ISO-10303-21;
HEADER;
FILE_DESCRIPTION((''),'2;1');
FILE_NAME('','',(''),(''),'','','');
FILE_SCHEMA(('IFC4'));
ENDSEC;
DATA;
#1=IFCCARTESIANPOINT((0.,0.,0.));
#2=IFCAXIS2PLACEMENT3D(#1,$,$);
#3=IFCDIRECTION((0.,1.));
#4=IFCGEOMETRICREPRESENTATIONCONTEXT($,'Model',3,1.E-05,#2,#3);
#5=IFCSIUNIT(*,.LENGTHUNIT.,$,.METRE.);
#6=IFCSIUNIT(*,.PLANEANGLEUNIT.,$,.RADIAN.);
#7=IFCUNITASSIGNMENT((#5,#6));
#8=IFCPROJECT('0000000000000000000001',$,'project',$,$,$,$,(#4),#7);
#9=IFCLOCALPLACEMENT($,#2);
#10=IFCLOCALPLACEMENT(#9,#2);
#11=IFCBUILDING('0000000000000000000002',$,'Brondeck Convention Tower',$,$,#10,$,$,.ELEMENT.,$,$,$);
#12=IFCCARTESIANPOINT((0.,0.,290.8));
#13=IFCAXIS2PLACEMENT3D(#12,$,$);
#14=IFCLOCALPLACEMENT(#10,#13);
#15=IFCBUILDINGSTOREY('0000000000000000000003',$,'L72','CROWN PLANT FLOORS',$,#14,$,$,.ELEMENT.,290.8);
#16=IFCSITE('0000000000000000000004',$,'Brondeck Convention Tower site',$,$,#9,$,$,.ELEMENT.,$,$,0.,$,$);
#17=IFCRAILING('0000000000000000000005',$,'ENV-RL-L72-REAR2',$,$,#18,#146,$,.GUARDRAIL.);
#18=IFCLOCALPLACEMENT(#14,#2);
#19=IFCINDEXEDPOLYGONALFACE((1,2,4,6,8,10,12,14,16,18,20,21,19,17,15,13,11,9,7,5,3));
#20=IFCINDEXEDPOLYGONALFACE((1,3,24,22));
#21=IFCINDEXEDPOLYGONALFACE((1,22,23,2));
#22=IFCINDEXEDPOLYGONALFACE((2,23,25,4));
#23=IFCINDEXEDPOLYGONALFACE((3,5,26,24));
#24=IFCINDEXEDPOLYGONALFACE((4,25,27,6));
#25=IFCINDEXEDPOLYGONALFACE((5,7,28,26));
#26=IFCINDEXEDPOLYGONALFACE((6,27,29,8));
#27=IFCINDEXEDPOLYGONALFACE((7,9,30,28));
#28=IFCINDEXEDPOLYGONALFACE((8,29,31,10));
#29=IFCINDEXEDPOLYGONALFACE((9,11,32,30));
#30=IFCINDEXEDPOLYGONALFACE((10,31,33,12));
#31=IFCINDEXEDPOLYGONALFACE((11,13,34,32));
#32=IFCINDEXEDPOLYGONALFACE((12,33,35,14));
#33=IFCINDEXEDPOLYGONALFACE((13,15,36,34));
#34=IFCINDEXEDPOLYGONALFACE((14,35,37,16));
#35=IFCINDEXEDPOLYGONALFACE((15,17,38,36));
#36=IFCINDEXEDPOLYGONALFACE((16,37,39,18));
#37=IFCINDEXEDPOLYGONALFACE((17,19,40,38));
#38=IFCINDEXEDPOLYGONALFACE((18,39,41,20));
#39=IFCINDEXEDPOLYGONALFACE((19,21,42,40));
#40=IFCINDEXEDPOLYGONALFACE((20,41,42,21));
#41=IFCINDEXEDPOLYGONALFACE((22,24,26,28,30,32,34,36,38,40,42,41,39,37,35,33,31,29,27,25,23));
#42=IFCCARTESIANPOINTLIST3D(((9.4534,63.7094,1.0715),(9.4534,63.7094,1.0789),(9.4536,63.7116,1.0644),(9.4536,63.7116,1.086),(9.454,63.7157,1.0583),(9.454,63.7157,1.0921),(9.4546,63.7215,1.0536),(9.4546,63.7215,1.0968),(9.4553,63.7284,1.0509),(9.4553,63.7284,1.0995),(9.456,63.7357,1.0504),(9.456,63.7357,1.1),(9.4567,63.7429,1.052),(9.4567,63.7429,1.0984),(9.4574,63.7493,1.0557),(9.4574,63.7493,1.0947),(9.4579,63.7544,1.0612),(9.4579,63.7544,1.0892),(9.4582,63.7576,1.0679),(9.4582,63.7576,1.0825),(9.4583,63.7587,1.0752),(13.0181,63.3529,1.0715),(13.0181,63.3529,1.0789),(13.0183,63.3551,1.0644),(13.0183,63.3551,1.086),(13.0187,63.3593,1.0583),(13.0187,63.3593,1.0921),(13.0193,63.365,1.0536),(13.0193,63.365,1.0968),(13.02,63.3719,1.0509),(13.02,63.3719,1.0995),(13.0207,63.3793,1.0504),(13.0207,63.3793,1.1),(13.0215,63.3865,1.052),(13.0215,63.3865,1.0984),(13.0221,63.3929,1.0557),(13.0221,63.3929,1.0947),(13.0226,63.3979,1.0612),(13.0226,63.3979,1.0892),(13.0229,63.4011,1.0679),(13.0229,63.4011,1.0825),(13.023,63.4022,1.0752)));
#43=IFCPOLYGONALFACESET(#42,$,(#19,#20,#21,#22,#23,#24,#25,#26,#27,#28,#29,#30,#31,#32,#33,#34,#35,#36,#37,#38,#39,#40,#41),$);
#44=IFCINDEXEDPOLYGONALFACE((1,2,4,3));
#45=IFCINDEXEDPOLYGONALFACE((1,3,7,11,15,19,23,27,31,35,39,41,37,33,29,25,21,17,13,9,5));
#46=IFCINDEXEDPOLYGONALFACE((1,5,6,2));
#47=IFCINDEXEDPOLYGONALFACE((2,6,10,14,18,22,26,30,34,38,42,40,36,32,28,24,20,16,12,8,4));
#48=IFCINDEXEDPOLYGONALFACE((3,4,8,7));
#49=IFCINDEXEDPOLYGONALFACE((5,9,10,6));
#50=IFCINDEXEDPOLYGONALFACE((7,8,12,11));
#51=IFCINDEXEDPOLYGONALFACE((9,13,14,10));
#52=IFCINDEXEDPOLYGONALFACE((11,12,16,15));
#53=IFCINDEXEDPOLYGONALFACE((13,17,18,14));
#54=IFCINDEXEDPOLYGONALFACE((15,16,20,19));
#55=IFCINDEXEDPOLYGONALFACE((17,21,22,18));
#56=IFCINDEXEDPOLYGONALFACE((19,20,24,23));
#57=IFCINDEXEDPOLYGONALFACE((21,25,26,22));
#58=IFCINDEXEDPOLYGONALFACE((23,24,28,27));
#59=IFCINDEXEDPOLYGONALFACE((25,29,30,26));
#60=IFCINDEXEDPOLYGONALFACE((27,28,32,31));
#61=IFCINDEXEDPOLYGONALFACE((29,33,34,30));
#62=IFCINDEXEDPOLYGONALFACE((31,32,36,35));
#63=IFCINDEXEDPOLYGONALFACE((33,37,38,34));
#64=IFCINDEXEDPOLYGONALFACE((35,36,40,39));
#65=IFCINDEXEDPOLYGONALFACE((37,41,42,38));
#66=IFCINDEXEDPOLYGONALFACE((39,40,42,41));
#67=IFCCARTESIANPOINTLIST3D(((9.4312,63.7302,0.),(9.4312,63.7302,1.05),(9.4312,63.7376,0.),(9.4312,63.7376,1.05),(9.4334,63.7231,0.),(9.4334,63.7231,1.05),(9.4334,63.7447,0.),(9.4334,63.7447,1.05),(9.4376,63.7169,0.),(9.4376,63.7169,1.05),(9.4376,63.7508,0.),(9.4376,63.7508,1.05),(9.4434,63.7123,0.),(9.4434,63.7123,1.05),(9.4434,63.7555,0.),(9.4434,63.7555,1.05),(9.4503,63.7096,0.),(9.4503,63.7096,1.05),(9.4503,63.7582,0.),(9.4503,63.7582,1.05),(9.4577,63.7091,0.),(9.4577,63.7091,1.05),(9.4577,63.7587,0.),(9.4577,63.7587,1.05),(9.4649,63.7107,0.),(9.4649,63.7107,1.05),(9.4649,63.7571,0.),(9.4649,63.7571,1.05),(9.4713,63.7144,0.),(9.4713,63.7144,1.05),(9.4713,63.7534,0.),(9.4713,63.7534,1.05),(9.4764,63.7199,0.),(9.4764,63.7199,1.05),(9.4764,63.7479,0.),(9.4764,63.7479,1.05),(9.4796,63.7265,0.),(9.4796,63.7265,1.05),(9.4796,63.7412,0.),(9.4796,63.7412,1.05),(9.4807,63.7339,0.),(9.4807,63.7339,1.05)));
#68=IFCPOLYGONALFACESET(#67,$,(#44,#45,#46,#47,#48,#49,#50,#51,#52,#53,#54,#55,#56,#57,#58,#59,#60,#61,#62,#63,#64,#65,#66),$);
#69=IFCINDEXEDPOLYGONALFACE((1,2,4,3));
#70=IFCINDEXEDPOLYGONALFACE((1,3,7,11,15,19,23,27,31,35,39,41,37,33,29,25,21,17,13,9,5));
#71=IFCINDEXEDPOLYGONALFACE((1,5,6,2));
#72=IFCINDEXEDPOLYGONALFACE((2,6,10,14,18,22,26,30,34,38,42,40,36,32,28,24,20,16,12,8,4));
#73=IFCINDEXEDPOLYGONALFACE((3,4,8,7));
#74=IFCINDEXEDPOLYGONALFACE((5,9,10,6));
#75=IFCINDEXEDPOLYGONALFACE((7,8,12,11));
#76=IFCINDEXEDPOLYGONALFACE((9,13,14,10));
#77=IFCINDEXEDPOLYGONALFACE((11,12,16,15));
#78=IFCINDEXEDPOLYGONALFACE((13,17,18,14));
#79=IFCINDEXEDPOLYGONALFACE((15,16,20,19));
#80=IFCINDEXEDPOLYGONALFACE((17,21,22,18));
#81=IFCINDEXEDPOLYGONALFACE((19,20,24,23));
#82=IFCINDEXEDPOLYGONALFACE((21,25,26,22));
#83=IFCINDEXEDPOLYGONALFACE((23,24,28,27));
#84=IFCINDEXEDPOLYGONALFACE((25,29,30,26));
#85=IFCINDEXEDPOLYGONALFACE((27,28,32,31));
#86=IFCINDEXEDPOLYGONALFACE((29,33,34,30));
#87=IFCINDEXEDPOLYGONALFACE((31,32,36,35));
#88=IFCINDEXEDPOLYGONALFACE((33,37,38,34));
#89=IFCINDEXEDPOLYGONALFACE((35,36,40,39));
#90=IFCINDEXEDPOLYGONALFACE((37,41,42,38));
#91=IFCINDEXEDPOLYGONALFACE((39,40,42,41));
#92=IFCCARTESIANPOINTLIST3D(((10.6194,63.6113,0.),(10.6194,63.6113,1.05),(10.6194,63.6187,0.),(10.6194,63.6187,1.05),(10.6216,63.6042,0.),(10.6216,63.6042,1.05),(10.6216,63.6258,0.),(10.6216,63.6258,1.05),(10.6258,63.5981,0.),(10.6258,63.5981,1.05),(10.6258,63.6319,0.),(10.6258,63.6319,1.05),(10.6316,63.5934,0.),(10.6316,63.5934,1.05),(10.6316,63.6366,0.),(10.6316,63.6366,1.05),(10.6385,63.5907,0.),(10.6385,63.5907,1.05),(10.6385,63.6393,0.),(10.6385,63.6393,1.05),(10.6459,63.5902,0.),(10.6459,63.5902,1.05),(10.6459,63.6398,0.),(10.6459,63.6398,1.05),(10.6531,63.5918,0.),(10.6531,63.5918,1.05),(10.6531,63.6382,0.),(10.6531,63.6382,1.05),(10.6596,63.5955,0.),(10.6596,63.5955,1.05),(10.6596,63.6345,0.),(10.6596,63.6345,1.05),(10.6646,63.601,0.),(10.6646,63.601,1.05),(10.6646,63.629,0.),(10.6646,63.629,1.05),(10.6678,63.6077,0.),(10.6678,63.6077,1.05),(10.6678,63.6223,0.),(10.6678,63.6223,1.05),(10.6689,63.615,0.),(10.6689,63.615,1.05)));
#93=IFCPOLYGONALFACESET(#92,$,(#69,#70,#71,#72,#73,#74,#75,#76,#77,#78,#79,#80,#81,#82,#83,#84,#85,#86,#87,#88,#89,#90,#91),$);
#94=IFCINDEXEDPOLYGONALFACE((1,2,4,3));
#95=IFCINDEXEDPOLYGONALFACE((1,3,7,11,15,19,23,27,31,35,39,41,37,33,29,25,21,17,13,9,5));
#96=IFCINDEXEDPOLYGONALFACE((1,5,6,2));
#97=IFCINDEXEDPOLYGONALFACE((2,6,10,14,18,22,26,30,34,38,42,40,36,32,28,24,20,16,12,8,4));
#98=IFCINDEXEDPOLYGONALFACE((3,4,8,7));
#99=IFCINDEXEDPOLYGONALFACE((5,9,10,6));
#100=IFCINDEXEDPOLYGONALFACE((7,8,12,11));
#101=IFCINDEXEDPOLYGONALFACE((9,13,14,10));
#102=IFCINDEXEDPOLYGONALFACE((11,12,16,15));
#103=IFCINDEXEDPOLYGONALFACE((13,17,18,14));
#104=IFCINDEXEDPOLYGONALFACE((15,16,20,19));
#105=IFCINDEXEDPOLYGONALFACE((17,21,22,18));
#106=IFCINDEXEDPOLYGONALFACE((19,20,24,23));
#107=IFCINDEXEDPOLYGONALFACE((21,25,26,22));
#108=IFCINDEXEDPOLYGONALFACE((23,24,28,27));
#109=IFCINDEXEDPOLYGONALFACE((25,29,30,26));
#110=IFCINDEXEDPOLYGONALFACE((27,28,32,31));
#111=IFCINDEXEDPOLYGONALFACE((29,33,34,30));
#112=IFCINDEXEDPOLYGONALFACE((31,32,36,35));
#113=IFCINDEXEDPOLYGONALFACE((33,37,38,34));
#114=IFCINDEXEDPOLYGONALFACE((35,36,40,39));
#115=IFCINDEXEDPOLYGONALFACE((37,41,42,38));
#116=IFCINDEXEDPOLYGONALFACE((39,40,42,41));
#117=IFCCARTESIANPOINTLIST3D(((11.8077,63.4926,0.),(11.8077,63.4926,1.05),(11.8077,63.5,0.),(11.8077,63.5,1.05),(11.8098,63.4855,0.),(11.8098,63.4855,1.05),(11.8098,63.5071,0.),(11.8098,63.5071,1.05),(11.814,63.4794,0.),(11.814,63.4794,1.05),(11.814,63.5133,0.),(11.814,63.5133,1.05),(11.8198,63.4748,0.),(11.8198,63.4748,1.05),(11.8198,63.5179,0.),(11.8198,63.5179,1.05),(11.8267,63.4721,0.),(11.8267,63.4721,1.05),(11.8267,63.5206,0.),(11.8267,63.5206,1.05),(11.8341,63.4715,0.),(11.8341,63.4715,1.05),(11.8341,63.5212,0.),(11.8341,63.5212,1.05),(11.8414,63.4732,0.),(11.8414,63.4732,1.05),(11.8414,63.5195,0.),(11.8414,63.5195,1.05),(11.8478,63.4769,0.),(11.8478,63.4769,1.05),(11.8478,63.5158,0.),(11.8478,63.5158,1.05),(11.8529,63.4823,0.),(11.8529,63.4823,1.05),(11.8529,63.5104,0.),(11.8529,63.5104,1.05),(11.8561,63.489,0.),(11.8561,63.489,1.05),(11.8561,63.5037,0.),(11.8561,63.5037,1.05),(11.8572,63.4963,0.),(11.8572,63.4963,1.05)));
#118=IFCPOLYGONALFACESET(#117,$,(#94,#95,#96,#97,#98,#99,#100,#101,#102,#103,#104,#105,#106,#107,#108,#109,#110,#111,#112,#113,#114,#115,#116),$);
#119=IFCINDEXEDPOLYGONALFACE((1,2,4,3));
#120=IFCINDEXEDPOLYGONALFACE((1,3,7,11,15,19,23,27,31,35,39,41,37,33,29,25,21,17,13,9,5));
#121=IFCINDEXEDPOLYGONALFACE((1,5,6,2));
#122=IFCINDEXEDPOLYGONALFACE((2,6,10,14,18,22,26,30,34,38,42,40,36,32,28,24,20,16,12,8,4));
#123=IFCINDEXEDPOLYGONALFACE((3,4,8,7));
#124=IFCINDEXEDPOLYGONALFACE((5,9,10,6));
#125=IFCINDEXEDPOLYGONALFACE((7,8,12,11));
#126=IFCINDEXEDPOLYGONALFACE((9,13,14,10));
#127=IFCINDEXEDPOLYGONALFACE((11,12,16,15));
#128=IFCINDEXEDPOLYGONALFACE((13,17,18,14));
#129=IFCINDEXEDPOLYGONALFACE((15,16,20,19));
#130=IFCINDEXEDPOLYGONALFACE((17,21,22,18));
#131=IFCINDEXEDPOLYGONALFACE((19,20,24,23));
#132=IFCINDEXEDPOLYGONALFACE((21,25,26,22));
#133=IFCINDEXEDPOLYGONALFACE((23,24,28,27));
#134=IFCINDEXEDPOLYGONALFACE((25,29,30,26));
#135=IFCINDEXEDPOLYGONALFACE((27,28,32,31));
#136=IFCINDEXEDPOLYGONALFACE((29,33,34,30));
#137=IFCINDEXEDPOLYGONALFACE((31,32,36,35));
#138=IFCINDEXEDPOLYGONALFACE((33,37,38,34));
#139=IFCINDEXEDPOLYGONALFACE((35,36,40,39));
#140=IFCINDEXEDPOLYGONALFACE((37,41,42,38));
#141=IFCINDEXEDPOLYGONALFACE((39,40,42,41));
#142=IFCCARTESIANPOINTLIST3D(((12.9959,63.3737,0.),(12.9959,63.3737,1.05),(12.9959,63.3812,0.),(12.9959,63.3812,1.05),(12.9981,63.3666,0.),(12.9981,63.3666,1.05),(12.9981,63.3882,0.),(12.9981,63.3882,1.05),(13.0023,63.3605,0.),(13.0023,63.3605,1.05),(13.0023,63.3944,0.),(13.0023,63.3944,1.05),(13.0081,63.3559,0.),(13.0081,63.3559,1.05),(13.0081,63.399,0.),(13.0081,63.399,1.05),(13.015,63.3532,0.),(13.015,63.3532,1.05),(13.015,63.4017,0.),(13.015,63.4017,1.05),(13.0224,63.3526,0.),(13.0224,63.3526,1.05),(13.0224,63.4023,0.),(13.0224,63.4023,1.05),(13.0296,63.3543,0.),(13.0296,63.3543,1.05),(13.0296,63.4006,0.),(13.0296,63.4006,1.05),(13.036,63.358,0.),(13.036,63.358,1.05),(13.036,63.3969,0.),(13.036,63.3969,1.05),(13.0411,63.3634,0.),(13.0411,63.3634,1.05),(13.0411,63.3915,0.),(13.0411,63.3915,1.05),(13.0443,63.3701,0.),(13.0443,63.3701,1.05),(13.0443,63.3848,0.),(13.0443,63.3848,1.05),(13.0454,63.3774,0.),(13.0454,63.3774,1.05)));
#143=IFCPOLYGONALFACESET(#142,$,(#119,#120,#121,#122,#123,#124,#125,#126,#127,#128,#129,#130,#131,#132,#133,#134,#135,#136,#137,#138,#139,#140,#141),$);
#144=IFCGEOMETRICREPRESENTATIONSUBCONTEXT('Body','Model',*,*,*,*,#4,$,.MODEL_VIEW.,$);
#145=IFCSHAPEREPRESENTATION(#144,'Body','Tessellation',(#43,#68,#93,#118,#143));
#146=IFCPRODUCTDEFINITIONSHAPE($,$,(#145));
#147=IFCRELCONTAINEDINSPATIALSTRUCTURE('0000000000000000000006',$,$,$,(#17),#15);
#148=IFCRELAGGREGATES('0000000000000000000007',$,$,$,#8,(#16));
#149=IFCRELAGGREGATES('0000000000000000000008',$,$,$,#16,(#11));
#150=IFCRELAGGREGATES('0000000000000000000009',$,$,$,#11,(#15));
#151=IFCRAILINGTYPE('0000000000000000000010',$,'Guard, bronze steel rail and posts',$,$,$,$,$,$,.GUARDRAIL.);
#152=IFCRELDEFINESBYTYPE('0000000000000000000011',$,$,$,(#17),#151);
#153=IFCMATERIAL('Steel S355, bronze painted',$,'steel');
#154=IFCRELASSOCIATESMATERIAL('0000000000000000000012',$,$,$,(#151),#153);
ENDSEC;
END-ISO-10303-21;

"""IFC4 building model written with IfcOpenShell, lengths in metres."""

from ifc_helpers import new_model, si_unit, direction, frame, origin, origin_2d, place, context, subcontext, project, spatial, circle, extrude, material, type_object, element, save


model = new_model("IFC4")

# Units and contexts
model_context = context("Model", 3, precision=1e-05, world=origin(), true_north=direction((0.0, 1.0)))
body_context = subcontext(model_context, "Body", "Model", "MODEL_VIEW")
ifc_project = project(units=[si_unit("LENGTHUNIT", "METRE"), si_unit("PLANEANGLEUNIT", "RADIAN")], contexts=[model_context])

# Site, building, storey
site_placement = place(None, origin())
site = spatial("IfcSite", under=ifc_project, at=site_placement, Name="Brondeck Convention Tower site", CompositionType="ELEMENT", RefElevation=0.0)
building_placement = place(site_placement, origin())
building = spatial("IfcBuilding", under=site, at=building_placement, Name="Brondeck Convention Tower", CompositionType="ELEMENT")
storey_placement = place(building_placement, frame((0.0, 0.0, 290.8)))
storey = spatial("IfcBuildingStorey", under=building, at=storey_placement, Name="L72", Description="CROWN PLANT FLOORS", CompositionType="ELEMENT", Elevation=290.8)

# Railing
ifc_material_1 = material(Name="Steel S355, bronze painted", Category="steel")
railing_type_1 = type_object("IfcRailingType", Name="Guard, bronze steel rail and posts", PredefinedType="GUARDRAIL", material=ifc_material_1)
railing_1_placement = place(storey_placement, frame((9.4558, 63.7339, 0.0)))
element("IfcRailing", 1, at=railing_1_placement, inside=storey, type_object=railing_type_1, Name="ENV-RL-L72-REAR2", PredefinedType="GUARDRAIL", context=body_context, shape_type="SweptSolid", body=[
    extrude(circle(Radius=0.0249, at=origin_2d()), frame((0.0, 0.0, 1.0752), z_axis=(0.995038, -0.099497, 0.0), x_axis=(0.099497, 0.995038, 0.0)), (0.0, 0.0, 1.0), 3.5825),
    extrude(circle(Radius=0.0249, at=origin_2d()), origin(), (0.0, 0.0, 1.0), 1.05),
    extrude(circle(Radius=0.0249, at=origin_2d()), frame((1.1882, -0.1189, 0.0)), (0.0, 0.0, 1.0), 1.05),
    extrude(circle(Radius=0.0249, at=origin_2d()), frame((2.3765, -0.2375, 0.0)), (0.0, 0.0, 1.0), 1.05),
    extrude(circle(Radius=0.0249, at=origin_2d()), frame((3.5647, -0.3564, 0.0)), (0.0, 0.0, 1.0), 1.05),
])

save(model, "model.ifc")
